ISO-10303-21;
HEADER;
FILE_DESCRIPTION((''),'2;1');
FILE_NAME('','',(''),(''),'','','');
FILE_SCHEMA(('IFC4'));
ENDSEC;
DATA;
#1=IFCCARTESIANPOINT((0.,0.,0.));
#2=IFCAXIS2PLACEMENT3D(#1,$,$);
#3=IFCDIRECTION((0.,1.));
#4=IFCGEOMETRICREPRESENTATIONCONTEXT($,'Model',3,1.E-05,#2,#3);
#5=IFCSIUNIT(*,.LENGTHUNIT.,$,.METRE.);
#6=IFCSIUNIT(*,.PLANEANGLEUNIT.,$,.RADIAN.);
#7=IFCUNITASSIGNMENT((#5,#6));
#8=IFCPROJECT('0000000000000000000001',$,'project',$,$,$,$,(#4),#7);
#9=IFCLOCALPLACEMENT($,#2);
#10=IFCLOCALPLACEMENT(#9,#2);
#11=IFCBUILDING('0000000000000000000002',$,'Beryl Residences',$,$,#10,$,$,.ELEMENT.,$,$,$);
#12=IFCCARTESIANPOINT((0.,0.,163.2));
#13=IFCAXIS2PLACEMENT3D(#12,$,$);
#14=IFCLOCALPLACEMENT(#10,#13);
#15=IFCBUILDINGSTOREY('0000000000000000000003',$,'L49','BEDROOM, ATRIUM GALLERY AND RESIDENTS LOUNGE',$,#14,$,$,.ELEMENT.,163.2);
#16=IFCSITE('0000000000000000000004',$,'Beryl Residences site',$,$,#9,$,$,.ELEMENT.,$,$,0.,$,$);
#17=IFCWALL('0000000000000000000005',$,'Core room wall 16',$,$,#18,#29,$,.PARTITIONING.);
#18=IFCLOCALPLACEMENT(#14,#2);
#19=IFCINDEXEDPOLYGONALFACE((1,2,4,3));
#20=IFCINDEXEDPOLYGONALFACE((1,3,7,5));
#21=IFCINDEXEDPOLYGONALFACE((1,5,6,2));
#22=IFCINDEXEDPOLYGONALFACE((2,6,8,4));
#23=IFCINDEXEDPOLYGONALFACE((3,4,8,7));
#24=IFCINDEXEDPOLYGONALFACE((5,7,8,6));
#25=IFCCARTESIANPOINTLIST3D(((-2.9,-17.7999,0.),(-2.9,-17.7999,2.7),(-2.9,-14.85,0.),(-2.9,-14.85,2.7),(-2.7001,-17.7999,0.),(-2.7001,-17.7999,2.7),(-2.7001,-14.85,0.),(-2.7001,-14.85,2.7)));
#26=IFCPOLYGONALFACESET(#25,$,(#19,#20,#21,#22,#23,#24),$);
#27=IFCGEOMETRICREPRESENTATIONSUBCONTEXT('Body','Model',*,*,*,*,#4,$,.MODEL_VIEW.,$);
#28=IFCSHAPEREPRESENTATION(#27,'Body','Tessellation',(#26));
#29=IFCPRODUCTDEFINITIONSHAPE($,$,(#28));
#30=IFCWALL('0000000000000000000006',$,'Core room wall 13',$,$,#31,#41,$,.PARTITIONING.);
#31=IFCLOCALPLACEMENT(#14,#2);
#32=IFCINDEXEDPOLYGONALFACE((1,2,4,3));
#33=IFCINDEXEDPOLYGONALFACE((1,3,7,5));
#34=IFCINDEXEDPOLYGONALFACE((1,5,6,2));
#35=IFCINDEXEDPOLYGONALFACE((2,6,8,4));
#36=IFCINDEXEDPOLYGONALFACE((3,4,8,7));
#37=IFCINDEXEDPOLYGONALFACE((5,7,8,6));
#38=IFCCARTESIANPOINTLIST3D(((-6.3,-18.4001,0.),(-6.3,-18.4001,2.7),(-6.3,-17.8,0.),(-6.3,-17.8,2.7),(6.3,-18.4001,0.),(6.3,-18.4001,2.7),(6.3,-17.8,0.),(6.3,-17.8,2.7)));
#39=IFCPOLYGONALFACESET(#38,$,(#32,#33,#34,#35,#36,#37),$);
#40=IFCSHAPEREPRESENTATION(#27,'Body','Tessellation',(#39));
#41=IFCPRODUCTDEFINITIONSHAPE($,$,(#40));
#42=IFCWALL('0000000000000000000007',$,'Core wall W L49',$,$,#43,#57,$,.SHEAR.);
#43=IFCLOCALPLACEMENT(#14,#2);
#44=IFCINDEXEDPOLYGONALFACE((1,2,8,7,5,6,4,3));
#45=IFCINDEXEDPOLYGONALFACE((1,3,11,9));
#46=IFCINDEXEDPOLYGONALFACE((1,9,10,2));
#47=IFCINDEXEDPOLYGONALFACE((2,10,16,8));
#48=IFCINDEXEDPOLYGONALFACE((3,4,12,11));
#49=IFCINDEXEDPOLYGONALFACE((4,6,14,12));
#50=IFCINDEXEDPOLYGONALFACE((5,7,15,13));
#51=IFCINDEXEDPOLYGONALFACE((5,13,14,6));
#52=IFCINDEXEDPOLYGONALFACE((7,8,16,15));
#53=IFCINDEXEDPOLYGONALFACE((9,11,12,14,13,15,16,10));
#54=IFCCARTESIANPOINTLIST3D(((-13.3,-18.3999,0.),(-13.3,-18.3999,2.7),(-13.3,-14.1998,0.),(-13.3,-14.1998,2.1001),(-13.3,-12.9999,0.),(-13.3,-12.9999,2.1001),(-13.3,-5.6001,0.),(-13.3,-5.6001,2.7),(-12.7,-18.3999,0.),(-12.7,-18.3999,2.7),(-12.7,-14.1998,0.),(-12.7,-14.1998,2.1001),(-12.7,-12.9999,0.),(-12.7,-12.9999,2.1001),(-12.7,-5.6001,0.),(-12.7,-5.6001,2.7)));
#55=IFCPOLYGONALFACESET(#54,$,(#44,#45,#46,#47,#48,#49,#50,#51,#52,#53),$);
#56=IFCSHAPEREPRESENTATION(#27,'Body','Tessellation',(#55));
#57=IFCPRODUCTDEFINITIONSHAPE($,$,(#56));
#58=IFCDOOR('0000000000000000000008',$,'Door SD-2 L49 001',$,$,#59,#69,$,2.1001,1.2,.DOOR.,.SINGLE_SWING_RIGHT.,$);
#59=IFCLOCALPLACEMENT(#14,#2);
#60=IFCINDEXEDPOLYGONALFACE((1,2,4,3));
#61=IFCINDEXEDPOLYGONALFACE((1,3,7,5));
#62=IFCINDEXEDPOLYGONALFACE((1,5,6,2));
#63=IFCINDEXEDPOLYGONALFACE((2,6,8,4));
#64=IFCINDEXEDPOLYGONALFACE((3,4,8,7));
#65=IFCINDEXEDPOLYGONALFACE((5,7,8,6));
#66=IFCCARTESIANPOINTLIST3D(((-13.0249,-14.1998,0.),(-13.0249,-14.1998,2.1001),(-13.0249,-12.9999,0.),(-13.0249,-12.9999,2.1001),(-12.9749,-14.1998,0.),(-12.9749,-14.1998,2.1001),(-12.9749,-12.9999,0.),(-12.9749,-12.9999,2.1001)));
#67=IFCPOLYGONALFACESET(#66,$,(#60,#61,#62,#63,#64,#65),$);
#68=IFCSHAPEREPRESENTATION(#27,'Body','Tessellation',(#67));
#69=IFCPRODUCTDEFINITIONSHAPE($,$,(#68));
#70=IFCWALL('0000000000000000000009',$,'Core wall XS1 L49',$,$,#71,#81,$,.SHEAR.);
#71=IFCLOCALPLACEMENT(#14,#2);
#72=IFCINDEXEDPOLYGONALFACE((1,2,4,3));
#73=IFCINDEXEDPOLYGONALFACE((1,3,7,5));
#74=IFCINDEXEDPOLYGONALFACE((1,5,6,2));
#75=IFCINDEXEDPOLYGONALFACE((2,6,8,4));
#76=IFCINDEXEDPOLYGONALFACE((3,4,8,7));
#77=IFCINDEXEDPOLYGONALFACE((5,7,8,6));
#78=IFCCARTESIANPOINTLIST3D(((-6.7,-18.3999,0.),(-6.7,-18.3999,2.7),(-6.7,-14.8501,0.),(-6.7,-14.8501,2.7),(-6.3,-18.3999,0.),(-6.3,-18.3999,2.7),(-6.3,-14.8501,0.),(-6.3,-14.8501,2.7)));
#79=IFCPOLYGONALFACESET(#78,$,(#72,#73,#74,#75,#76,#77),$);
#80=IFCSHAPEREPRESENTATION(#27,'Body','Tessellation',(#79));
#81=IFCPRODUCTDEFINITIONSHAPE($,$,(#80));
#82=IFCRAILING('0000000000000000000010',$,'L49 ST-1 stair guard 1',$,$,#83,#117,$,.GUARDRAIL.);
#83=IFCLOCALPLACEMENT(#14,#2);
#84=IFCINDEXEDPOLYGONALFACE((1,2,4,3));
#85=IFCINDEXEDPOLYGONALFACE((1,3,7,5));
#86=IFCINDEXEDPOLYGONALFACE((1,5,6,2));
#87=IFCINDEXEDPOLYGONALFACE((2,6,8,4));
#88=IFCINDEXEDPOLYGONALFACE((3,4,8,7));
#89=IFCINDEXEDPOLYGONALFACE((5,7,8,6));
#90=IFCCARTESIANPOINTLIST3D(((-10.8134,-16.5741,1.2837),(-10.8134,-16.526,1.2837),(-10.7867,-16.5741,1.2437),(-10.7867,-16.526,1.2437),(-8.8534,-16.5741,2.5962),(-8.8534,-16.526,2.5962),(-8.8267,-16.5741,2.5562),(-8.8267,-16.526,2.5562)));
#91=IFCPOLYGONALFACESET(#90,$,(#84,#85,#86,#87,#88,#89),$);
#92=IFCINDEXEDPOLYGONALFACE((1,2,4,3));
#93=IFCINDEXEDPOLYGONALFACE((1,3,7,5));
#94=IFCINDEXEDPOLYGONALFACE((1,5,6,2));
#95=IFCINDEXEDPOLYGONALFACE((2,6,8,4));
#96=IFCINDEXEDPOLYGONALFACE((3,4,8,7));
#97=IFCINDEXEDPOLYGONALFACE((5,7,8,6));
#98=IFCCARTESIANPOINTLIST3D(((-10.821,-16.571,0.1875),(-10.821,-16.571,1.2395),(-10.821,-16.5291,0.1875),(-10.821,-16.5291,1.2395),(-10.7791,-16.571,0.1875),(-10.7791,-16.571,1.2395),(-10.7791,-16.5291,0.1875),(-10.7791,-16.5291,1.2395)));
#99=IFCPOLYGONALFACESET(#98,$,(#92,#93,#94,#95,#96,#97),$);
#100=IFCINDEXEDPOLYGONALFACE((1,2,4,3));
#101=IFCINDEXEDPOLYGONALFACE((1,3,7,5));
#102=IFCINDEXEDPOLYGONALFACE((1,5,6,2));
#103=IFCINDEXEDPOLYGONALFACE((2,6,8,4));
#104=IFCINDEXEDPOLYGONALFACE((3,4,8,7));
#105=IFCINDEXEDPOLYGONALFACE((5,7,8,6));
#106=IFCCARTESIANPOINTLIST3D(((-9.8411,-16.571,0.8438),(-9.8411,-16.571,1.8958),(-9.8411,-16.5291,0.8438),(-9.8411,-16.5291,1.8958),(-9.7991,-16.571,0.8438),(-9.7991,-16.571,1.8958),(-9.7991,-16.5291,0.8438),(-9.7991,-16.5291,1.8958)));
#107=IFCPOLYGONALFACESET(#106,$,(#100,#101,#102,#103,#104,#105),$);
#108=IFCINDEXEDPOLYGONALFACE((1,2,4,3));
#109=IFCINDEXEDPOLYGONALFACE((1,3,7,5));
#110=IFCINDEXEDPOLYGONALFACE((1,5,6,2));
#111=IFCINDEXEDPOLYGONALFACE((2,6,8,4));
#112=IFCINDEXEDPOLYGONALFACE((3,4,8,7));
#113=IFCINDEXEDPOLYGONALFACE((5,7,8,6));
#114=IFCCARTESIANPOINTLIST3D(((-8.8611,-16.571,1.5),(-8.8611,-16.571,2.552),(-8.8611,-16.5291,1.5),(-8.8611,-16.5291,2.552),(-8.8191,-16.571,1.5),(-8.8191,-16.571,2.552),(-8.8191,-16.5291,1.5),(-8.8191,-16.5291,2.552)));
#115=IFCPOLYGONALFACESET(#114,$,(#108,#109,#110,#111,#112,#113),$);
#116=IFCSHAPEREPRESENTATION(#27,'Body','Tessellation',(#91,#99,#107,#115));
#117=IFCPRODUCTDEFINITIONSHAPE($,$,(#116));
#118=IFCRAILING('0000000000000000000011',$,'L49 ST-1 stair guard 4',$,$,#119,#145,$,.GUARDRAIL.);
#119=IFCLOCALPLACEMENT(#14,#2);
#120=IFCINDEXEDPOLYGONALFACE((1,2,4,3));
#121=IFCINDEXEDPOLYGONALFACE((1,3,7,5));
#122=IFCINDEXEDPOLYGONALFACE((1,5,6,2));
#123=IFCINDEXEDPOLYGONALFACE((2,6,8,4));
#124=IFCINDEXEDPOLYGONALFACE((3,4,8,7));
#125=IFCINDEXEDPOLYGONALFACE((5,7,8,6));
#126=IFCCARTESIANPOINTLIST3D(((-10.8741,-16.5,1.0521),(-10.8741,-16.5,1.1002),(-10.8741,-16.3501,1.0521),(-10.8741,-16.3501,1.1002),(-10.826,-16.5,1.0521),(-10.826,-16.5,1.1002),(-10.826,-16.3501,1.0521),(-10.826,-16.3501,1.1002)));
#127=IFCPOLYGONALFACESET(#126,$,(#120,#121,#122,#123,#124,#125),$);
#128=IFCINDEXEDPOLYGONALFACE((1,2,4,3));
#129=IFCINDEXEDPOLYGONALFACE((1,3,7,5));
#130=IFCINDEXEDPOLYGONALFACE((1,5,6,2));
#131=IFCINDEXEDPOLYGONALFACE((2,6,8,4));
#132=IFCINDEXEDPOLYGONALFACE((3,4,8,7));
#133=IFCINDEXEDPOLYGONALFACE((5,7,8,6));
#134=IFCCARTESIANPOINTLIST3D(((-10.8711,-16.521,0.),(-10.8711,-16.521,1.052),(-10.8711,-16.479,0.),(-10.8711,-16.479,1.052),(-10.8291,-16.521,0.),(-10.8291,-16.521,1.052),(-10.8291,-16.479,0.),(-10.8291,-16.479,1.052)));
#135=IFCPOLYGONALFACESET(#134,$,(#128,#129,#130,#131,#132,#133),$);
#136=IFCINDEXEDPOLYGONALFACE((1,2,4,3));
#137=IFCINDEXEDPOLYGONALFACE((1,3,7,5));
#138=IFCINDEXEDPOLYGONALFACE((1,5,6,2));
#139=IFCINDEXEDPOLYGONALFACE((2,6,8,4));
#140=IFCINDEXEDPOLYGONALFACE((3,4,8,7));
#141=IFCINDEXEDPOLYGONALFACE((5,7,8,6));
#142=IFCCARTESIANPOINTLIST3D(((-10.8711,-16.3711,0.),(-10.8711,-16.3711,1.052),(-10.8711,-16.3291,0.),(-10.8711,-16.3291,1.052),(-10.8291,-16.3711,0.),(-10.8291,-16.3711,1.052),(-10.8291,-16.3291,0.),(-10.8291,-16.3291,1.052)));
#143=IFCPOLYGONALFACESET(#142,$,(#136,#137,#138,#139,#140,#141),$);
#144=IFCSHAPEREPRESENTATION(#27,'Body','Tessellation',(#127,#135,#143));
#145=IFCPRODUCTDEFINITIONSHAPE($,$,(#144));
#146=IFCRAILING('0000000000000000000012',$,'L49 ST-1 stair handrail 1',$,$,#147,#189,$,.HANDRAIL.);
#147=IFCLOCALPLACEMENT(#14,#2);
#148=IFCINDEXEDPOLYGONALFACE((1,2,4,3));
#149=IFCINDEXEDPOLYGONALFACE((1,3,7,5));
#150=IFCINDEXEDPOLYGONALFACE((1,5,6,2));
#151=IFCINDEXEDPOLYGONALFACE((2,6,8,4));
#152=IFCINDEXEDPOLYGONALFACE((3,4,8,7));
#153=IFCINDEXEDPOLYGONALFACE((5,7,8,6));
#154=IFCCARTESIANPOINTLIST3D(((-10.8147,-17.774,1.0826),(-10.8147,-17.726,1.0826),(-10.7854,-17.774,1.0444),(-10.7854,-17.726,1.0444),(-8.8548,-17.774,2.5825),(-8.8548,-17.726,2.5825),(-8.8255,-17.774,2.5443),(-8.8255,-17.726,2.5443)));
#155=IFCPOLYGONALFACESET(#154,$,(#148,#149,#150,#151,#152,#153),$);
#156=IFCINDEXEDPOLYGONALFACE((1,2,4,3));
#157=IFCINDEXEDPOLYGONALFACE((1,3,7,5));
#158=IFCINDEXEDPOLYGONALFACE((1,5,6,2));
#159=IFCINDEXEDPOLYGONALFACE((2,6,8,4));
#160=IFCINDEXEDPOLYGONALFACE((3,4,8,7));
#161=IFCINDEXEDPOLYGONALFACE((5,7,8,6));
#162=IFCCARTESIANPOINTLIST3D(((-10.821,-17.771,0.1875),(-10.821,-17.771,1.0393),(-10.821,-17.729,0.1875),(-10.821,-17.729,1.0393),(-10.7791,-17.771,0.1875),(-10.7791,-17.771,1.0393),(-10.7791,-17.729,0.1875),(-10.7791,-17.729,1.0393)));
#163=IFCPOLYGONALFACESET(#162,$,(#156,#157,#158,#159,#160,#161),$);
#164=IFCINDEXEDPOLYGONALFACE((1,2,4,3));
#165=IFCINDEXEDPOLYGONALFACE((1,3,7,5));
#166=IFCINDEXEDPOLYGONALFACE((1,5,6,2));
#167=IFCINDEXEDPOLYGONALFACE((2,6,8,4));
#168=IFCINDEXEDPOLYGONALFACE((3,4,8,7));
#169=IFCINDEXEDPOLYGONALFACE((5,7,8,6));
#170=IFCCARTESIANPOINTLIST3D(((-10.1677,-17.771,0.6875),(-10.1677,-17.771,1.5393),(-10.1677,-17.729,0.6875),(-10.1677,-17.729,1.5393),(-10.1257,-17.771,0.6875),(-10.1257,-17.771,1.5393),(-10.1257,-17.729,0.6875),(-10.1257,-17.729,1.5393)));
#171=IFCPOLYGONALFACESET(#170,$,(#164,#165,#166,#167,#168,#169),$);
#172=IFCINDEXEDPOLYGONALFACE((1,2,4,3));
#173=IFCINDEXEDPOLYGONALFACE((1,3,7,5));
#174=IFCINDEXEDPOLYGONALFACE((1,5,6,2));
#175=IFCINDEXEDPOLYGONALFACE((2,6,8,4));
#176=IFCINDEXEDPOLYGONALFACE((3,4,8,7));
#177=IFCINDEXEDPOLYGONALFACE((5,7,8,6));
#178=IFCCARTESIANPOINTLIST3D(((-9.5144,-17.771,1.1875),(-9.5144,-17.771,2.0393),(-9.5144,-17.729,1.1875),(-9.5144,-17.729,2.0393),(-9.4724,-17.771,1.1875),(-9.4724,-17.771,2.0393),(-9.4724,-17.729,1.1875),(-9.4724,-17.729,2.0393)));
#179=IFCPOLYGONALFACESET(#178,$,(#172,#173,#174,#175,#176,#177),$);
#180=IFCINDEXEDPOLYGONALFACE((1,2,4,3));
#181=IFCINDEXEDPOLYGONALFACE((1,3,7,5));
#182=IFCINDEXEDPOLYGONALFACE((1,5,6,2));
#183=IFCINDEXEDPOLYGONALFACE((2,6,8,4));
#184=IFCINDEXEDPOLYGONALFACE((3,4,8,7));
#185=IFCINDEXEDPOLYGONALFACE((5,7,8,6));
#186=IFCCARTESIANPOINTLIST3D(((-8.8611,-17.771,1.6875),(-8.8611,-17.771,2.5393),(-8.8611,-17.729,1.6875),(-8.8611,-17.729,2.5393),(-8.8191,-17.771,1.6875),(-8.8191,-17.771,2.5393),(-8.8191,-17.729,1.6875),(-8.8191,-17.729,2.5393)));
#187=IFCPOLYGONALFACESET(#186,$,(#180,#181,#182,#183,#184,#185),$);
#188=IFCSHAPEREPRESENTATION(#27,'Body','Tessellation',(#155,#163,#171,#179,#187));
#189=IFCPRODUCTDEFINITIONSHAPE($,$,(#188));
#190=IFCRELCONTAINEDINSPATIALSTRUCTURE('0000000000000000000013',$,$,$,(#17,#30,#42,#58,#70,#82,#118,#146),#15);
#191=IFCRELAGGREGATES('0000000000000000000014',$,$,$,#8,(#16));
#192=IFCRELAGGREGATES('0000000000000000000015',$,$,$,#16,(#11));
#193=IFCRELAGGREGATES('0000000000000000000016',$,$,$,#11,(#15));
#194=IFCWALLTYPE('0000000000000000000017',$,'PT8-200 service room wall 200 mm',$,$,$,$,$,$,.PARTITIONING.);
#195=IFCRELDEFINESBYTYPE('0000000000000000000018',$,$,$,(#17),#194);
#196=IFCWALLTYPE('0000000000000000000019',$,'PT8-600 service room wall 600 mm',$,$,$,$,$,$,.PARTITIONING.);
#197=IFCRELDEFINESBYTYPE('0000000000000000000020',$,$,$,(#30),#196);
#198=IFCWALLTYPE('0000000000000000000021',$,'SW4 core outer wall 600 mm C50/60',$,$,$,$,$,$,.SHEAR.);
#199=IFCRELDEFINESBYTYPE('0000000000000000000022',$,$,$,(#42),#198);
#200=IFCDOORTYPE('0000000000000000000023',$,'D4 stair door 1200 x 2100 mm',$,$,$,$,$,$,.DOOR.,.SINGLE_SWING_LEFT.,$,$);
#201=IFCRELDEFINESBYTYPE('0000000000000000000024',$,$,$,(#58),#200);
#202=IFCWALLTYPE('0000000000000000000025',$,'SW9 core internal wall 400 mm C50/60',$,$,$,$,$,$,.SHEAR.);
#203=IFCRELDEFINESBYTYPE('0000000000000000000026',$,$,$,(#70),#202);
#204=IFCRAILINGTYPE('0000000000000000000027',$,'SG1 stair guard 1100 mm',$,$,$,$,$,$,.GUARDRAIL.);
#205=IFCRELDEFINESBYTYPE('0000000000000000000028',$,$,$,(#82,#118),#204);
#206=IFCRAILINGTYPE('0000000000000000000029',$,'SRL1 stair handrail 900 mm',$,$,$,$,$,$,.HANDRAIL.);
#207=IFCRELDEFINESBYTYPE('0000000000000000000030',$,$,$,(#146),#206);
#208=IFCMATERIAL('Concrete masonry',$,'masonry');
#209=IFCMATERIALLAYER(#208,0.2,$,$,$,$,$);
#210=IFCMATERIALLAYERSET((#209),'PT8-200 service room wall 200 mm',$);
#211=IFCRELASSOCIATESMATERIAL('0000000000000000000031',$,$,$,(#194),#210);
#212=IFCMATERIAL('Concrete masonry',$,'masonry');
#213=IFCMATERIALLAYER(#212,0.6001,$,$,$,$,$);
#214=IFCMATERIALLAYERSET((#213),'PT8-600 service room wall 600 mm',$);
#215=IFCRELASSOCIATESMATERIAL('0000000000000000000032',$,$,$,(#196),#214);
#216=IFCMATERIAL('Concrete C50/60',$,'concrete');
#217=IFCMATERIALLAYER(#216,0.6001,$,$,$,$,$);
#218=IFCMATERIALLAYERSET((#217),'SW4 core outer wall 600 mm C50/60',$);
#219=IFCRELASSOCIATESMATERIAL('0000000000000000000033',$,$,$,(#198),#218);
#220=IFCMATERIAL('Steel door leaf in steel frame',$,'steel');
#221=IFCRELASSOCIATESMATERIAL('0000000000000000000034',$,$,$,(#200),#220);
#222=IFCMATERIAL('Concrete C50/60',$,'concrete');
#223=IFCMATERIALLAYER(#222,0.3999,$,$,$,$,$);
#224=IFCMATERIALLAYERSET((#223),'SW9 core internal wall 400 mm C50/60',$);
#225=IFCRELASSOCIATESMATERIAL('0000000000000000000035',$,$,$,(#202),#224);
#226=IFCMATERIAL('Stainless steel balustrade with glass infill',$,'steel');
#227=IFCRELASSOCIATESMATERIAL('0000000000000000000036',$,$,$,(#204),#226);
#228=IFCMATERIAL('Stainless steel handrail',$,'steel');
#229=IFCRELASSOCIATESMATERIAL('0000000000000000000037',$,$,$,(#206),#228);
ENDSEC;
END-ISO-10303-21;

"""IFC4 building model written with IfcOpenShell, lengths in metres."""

from ifc_helpers import new_model, si_unit, direction, frame, frame_2d, origin, origin_2d, place, context, subcontext, project, spatial, rectangle, extrude, material, layer, layer_set, type_object, element, fill, save


model = new_model("IFC4")

# Units and contexts
model_context = context("Model", 3, precision=1e-05, world=origin(), true_north=direction((0.0, 1.0)))
body_context = subcontext(model_context, "Body", "Model", "MODEL_VIEW")
ifc_project = project(units=[si_unit("LENGTHUNIT", "METRE"), si_unit("PLANEANGLEUNIT", "RADIAN")], contexts=[model_context])

# Site, building, storey
site_placement = place(None, origin())
site = spatial("IfcSite", under=ifc_project, at=site_placement, Name="Beryl Residences site", CompositionType="ELEMENT", RefElevation=0.0)
building_placement = place(site_placement, origin())
building = spatial("IfcBuilding", under=site, at=building_placement, Name="Beryl Residences", CompositionType="ELEMENT")
storey_placement = place(building_placement, frame((0.0, 0.0, 163.2)))
storey = spatial("IfcBuildingStorey", under=building, at=storey_placement, Name="L49", Description="BEDROOM, ATRIUM GALLERY AND RESIDENTS LOUNGE", CompositionType="ELEMENT", Elevation=163.2)

# Walls
ifc_material_1 = material(Name="Concrete masonry", Category="masonry")
ifc_layer_1 = layer(ifc_material_1, 0.2)
ifc_layer_set_1 = layer_set([ifc_layer_1], Name="PT8-200 service room wall 200 mm")
wall_type_1 = type_object("IfcWallType", Name="PT8-200 service room wall 200 mm", PredefinedType="PARTITIONING", material=ifc_layer_set_1)
wall_1_placement = place(storey_placement, frame((-2.8, -17.8, 0.0), z_axis=(0.0, 0.0, 1.0), x_axis=(0.0, 1.0, 0.0)))
element("IfcWall", 1, at=wall_1_placement, inside=storey, type_object=wall_type_1, Name="Core room wall 16", PredefinedType="PARTITIONING", context=body_context, shape_type="SweptSolid", body=[
    extrude(rectangle(XDim=2.95, YDim=0.2, at=frame_2d((1.4751, 0.0))), origin(), (0.0, 0.0, 1.0), 2.7),
])
ifc_material_2 = material(Name="Concrete masonry", Category="masonry")
ifc_layer_2 = layer(ifc_material_2, 0.6001)
ifc_layer_set_2 = layer_set([ifc_layer_2], Name="PT8-600 service room wall 600 mm")
wall_type_2 = type_object("IfcWallType", Name="PT8-600 service room wall 600 mm", PredefinedType="PARTITIONING", material=ifc_layer_set_2)
wall_2_placement = place(storey_placement, frame((-6.3, -18.1001, 0.0), z_axis=(0.0, 0.0, 1.0), x_axis=(1.0, 0.0, 0.0)))
element("IfcWall", 2, at=wall_2_placement, inside=storey, type_object=wall_type_2, Name="Core room wall 13", PredefinedType="PARTITIONING", context=body_context, shape_type="SweptSolid", body=[
    extrude(rectangle(XDim=12.6001, YDim=0.6001, at=frame_2d((6.3, 0.0))), origin(), (0.0, 0.0, 1.0), 2.7),
])

# Wall, opening, door
ifc_material_3 = material(Name="Concrete C50/60", Category="concrete")
ifc_layer_3 = layer(ifc_material_3, 0.6001)
ifc_layer_set_3 = layer_set([ifc_layer_3], Name="SW4 core outer wall 600 mm C50/60")
wall_type_3 = type_object("IfcWallType", Name="SW4 core outer wall 600 mm C50/60", PredefinedType="SHEAR", material=ifc_layer_set_3)
wall_3_placement = place(storey_placement, frame((-13.0, -18.3999, 0.0), z_axis=(0.0, 0.0, 1.0), x_axis=(0.0, 1.0, 0.0)))
wall_3 = element("IfcWall", 3, at=wall_3_placement, inside=storey, type_object=wall_type_3, Name="Core wall W L49", PredefinedType="SHEAR", context=body_context, shape_type="SweptSolid", body=[
    extrude(rectangle(XDim=12.7998, YDim=0.6001, at=frame_2d((6.3999, 0.0))), origin(), (0.0, 0.0, 1.0), 2.7),
])
opening_1_placement = place(wall_3_placement, frame((4.2, 0.0, 0.0)))
opening_1 = element("IfcOpeningElement", 4, at=opening_1_placement, cuts=wall_3, PredefinedType="OPENING", context=body_context, shape_type="SweptSolid", body=[
    extrude(rectangle(XDim=1.2, YDim=2.1001, at=frame_2d((0.6001, 1.05))), frame((0.0, 0.3101, 0.0), z_axis=(0.0, -1.0, 0.0), x_axis=(1.0, 0.0, 0.0)), (0.0, 0.0, 1.0), 0.6201),
])
ifc_material_4 = material(Name="Steel door leaf in steel frame", Category="steel")
door_type = type_object("IfcDoorType", Name="D4 stair door 1200 x 2100 mm", OperationType="SINGLE_SWING_LEFT", PredefinedType="DOOR", material=ifc_material_4)
door_placement = place(opening_1_placement, origin())
door = element("IfcDoor", 5, at=door_placement, inside=storey, type_object=door_type, Name="Door SD-2 L49 001", OperationType="SINGLE_SWING_RIGHT", OverallHeight=2.1001, OverallWidth=1.2, PredefinedType="DOOR", context=body_context, shape_type="SweptSolid", body=[
    extrude(rectangle(XDim=1.2, YDim=2.1001, at=frame_2d((0.6001, 1.05))), frame((0.0, 0.0249, 0.0), z_axis=(0.0, -1.0, 0.0), x_axis=(1.0, 0.0, 0.0)), (0.0, 0.0, 1.0), 0.05),
])
fill(opening_1, door)

# Wall
ifc_material_5 = material(Name="Concrete C50/60", Category="concrete")
ifc_layer_4 = layer(ifc_material_5, 0.3999)
ifc_layer_set_4 = layer_set([ifc_layer_4], Name="SW9 core internal wall 400 mm C50/60")
wall_type_4 = type_object("IfcWallType", Name="SW9 core internal wall 400 mm C50/60", PredefinedType="SHEAR", material=ifc_layer_set_4)
wall_4_placement = place(storey_placement, frame((-6.5, -18.3999, 0.0), z_axis=(0.0, 0.0, 1.0), x_axis=(0.0, 1.0, 0.0)))
element("IfcWall", 6, at=wall_4_placement, inside=storey, type_object=wall_type_4, Name="Core wall XS1 L49", PredefinedType="SHEAR", context=body_context, shape_type="SweptSolid", body=[
    extrude(rectangle(XDim=3.5498, YDim=0.3999, at=frame_2d((1.7749, 0.0))), origin(), (0.0, 0.0, 1.0), 2.7),
])

# Railings
ifc_material_6 = material(Name="Stainless steel balustrade with glass infill", Category="steel")
railing_type_1 = type_object("IfcRailingType", Name="SG1 stair guard 1100 mm", PredefinedType="GUARDRAIL", material=ifc_material_6)
railing_1_placement = place(storey_placement, frame((-10.8, -16.55, 0.1875)))
element("IfcRailing", 7, at=railing_1_placement, inside=storey, type_object=railing_type_1, Name="L49 ST-1 stair guard 1", PredefinedType="GUARDRAIL", context=body_context, shape_type="SweptSolid", body=[
    extrude(rectangle(XDim=0.0481, YDim=0.0481, at=origin_2d()), frame((0.0, 0.0, 1.0762), z_axis=(0.830902, 0.0, 0.556419), x_axis=(0.0, 1.0, 0.0)), (0.0, 0.0, 1.0), 2.3589),
    extrude(rectangle(XDim=0.042, YDim=0.042, at=origin_2d()), origin(), (0.0, 0.0, 1.0), 1.052),
    extrude(rectangle(XDim=0.042, YDim=0.042, at=origin_2d()), frame((0.98, 0.0, 0.6562)), (0.0, 0.0, 1.0), 1.052),
    extrude(rectangle(XDim=0.042, YDim=0.042, at=origin_2d()), frame((1.96, 0.0, 1.3125)), (0.0, 0.0, 1.0), 1.052),
])
railing_2_placement = place(storey_placement, frame((-10.8501, -16.5, 0.0)))
element("IfcRailing", 8, at=railing_2_placement, inside=storey, type_object=railing_type_1, Name="L49 ST-1 stair guard 4", PredefinedType="GUARDRAIL", context=body_context, shape_type="SweptSolid", body=[
    extrude(rectangle(XDim=0.0481, YDim=0.0481, at=origin_2d()), frame((0.0, 0.0, 1.0762), z_axis=(0.0, 1.0, 0.0), x_axis=(-1.0, 0.0, 0.0)), (0.0, 0.0, 1.0), 0.1499),
    extrude(rectangle(XDim=0.042, YDim=0.042, at=origin_2d()), origin(), (0.0, 0.0, 1.0), 1.052),
    extrude(rectangle(XDim=0.042, YDim=0.042, at=origin_2d()), frame((0.0, 0.1499, 0.0)), (0.0, 0.0, 1.0), 1.052),
])
ifc_material_7 = material(Name="Stainless steel handrail", Category="steel")
railing_type_2 = type_object("IfcRailingType", Name="SRL1 stair handrail 900 mm", PredefinedType="HANDRAIL", material=ifc_material_7)
railing_3_placement = place(storey_placement, frame((-10.8, -17.75, 0.1875)))
element("IfcRailing", 9, at=railing_3_placement, inside=storey, type_object=railing_type_2, Name="L49 ST-1 stair handrail 1", PredefinedType="HANDRAIL", context=body_context, shape_type="SweptSolid", body=[
    extrude(rectangle(XDim=0.0481, YDim=0.0481, at=origin_2d()), frame((0.0, 0.0, 0.876), z_axis=(0.794122, 0.0, 0.607758), x_axis=(0.0, 1.0, 0.0)), (0.0, 0.0, 1.0), 2.468),
    extrude(rectangle(XDim=0.042, YDim=0.042, at=origin_2d()), origin(), (0.0, 0.0, 1.0), 0.8518),
    extrude(rectangle(XDim=0.042, YDim=0.042, at=origin_2d()), frame((0.6533, 0.0, 0.5)), (0.0, 0.0, 1.0), 0.8518),
    extrude(rectangle(XDim=0.042, YDim=0.042, at=origin_2d()), frame((1.3066, 0.0, 1.0)), (0.0, 0.0, 1.0), 0.8518),
    extrude(rectangle(XDim=0.042, YDim=0.042, at=origin_2d()), frame((1.96, 0.0, 1.5)), (0.0, 0.0, 1.0), 0.8518),
])

save(model, "model.ifc")
